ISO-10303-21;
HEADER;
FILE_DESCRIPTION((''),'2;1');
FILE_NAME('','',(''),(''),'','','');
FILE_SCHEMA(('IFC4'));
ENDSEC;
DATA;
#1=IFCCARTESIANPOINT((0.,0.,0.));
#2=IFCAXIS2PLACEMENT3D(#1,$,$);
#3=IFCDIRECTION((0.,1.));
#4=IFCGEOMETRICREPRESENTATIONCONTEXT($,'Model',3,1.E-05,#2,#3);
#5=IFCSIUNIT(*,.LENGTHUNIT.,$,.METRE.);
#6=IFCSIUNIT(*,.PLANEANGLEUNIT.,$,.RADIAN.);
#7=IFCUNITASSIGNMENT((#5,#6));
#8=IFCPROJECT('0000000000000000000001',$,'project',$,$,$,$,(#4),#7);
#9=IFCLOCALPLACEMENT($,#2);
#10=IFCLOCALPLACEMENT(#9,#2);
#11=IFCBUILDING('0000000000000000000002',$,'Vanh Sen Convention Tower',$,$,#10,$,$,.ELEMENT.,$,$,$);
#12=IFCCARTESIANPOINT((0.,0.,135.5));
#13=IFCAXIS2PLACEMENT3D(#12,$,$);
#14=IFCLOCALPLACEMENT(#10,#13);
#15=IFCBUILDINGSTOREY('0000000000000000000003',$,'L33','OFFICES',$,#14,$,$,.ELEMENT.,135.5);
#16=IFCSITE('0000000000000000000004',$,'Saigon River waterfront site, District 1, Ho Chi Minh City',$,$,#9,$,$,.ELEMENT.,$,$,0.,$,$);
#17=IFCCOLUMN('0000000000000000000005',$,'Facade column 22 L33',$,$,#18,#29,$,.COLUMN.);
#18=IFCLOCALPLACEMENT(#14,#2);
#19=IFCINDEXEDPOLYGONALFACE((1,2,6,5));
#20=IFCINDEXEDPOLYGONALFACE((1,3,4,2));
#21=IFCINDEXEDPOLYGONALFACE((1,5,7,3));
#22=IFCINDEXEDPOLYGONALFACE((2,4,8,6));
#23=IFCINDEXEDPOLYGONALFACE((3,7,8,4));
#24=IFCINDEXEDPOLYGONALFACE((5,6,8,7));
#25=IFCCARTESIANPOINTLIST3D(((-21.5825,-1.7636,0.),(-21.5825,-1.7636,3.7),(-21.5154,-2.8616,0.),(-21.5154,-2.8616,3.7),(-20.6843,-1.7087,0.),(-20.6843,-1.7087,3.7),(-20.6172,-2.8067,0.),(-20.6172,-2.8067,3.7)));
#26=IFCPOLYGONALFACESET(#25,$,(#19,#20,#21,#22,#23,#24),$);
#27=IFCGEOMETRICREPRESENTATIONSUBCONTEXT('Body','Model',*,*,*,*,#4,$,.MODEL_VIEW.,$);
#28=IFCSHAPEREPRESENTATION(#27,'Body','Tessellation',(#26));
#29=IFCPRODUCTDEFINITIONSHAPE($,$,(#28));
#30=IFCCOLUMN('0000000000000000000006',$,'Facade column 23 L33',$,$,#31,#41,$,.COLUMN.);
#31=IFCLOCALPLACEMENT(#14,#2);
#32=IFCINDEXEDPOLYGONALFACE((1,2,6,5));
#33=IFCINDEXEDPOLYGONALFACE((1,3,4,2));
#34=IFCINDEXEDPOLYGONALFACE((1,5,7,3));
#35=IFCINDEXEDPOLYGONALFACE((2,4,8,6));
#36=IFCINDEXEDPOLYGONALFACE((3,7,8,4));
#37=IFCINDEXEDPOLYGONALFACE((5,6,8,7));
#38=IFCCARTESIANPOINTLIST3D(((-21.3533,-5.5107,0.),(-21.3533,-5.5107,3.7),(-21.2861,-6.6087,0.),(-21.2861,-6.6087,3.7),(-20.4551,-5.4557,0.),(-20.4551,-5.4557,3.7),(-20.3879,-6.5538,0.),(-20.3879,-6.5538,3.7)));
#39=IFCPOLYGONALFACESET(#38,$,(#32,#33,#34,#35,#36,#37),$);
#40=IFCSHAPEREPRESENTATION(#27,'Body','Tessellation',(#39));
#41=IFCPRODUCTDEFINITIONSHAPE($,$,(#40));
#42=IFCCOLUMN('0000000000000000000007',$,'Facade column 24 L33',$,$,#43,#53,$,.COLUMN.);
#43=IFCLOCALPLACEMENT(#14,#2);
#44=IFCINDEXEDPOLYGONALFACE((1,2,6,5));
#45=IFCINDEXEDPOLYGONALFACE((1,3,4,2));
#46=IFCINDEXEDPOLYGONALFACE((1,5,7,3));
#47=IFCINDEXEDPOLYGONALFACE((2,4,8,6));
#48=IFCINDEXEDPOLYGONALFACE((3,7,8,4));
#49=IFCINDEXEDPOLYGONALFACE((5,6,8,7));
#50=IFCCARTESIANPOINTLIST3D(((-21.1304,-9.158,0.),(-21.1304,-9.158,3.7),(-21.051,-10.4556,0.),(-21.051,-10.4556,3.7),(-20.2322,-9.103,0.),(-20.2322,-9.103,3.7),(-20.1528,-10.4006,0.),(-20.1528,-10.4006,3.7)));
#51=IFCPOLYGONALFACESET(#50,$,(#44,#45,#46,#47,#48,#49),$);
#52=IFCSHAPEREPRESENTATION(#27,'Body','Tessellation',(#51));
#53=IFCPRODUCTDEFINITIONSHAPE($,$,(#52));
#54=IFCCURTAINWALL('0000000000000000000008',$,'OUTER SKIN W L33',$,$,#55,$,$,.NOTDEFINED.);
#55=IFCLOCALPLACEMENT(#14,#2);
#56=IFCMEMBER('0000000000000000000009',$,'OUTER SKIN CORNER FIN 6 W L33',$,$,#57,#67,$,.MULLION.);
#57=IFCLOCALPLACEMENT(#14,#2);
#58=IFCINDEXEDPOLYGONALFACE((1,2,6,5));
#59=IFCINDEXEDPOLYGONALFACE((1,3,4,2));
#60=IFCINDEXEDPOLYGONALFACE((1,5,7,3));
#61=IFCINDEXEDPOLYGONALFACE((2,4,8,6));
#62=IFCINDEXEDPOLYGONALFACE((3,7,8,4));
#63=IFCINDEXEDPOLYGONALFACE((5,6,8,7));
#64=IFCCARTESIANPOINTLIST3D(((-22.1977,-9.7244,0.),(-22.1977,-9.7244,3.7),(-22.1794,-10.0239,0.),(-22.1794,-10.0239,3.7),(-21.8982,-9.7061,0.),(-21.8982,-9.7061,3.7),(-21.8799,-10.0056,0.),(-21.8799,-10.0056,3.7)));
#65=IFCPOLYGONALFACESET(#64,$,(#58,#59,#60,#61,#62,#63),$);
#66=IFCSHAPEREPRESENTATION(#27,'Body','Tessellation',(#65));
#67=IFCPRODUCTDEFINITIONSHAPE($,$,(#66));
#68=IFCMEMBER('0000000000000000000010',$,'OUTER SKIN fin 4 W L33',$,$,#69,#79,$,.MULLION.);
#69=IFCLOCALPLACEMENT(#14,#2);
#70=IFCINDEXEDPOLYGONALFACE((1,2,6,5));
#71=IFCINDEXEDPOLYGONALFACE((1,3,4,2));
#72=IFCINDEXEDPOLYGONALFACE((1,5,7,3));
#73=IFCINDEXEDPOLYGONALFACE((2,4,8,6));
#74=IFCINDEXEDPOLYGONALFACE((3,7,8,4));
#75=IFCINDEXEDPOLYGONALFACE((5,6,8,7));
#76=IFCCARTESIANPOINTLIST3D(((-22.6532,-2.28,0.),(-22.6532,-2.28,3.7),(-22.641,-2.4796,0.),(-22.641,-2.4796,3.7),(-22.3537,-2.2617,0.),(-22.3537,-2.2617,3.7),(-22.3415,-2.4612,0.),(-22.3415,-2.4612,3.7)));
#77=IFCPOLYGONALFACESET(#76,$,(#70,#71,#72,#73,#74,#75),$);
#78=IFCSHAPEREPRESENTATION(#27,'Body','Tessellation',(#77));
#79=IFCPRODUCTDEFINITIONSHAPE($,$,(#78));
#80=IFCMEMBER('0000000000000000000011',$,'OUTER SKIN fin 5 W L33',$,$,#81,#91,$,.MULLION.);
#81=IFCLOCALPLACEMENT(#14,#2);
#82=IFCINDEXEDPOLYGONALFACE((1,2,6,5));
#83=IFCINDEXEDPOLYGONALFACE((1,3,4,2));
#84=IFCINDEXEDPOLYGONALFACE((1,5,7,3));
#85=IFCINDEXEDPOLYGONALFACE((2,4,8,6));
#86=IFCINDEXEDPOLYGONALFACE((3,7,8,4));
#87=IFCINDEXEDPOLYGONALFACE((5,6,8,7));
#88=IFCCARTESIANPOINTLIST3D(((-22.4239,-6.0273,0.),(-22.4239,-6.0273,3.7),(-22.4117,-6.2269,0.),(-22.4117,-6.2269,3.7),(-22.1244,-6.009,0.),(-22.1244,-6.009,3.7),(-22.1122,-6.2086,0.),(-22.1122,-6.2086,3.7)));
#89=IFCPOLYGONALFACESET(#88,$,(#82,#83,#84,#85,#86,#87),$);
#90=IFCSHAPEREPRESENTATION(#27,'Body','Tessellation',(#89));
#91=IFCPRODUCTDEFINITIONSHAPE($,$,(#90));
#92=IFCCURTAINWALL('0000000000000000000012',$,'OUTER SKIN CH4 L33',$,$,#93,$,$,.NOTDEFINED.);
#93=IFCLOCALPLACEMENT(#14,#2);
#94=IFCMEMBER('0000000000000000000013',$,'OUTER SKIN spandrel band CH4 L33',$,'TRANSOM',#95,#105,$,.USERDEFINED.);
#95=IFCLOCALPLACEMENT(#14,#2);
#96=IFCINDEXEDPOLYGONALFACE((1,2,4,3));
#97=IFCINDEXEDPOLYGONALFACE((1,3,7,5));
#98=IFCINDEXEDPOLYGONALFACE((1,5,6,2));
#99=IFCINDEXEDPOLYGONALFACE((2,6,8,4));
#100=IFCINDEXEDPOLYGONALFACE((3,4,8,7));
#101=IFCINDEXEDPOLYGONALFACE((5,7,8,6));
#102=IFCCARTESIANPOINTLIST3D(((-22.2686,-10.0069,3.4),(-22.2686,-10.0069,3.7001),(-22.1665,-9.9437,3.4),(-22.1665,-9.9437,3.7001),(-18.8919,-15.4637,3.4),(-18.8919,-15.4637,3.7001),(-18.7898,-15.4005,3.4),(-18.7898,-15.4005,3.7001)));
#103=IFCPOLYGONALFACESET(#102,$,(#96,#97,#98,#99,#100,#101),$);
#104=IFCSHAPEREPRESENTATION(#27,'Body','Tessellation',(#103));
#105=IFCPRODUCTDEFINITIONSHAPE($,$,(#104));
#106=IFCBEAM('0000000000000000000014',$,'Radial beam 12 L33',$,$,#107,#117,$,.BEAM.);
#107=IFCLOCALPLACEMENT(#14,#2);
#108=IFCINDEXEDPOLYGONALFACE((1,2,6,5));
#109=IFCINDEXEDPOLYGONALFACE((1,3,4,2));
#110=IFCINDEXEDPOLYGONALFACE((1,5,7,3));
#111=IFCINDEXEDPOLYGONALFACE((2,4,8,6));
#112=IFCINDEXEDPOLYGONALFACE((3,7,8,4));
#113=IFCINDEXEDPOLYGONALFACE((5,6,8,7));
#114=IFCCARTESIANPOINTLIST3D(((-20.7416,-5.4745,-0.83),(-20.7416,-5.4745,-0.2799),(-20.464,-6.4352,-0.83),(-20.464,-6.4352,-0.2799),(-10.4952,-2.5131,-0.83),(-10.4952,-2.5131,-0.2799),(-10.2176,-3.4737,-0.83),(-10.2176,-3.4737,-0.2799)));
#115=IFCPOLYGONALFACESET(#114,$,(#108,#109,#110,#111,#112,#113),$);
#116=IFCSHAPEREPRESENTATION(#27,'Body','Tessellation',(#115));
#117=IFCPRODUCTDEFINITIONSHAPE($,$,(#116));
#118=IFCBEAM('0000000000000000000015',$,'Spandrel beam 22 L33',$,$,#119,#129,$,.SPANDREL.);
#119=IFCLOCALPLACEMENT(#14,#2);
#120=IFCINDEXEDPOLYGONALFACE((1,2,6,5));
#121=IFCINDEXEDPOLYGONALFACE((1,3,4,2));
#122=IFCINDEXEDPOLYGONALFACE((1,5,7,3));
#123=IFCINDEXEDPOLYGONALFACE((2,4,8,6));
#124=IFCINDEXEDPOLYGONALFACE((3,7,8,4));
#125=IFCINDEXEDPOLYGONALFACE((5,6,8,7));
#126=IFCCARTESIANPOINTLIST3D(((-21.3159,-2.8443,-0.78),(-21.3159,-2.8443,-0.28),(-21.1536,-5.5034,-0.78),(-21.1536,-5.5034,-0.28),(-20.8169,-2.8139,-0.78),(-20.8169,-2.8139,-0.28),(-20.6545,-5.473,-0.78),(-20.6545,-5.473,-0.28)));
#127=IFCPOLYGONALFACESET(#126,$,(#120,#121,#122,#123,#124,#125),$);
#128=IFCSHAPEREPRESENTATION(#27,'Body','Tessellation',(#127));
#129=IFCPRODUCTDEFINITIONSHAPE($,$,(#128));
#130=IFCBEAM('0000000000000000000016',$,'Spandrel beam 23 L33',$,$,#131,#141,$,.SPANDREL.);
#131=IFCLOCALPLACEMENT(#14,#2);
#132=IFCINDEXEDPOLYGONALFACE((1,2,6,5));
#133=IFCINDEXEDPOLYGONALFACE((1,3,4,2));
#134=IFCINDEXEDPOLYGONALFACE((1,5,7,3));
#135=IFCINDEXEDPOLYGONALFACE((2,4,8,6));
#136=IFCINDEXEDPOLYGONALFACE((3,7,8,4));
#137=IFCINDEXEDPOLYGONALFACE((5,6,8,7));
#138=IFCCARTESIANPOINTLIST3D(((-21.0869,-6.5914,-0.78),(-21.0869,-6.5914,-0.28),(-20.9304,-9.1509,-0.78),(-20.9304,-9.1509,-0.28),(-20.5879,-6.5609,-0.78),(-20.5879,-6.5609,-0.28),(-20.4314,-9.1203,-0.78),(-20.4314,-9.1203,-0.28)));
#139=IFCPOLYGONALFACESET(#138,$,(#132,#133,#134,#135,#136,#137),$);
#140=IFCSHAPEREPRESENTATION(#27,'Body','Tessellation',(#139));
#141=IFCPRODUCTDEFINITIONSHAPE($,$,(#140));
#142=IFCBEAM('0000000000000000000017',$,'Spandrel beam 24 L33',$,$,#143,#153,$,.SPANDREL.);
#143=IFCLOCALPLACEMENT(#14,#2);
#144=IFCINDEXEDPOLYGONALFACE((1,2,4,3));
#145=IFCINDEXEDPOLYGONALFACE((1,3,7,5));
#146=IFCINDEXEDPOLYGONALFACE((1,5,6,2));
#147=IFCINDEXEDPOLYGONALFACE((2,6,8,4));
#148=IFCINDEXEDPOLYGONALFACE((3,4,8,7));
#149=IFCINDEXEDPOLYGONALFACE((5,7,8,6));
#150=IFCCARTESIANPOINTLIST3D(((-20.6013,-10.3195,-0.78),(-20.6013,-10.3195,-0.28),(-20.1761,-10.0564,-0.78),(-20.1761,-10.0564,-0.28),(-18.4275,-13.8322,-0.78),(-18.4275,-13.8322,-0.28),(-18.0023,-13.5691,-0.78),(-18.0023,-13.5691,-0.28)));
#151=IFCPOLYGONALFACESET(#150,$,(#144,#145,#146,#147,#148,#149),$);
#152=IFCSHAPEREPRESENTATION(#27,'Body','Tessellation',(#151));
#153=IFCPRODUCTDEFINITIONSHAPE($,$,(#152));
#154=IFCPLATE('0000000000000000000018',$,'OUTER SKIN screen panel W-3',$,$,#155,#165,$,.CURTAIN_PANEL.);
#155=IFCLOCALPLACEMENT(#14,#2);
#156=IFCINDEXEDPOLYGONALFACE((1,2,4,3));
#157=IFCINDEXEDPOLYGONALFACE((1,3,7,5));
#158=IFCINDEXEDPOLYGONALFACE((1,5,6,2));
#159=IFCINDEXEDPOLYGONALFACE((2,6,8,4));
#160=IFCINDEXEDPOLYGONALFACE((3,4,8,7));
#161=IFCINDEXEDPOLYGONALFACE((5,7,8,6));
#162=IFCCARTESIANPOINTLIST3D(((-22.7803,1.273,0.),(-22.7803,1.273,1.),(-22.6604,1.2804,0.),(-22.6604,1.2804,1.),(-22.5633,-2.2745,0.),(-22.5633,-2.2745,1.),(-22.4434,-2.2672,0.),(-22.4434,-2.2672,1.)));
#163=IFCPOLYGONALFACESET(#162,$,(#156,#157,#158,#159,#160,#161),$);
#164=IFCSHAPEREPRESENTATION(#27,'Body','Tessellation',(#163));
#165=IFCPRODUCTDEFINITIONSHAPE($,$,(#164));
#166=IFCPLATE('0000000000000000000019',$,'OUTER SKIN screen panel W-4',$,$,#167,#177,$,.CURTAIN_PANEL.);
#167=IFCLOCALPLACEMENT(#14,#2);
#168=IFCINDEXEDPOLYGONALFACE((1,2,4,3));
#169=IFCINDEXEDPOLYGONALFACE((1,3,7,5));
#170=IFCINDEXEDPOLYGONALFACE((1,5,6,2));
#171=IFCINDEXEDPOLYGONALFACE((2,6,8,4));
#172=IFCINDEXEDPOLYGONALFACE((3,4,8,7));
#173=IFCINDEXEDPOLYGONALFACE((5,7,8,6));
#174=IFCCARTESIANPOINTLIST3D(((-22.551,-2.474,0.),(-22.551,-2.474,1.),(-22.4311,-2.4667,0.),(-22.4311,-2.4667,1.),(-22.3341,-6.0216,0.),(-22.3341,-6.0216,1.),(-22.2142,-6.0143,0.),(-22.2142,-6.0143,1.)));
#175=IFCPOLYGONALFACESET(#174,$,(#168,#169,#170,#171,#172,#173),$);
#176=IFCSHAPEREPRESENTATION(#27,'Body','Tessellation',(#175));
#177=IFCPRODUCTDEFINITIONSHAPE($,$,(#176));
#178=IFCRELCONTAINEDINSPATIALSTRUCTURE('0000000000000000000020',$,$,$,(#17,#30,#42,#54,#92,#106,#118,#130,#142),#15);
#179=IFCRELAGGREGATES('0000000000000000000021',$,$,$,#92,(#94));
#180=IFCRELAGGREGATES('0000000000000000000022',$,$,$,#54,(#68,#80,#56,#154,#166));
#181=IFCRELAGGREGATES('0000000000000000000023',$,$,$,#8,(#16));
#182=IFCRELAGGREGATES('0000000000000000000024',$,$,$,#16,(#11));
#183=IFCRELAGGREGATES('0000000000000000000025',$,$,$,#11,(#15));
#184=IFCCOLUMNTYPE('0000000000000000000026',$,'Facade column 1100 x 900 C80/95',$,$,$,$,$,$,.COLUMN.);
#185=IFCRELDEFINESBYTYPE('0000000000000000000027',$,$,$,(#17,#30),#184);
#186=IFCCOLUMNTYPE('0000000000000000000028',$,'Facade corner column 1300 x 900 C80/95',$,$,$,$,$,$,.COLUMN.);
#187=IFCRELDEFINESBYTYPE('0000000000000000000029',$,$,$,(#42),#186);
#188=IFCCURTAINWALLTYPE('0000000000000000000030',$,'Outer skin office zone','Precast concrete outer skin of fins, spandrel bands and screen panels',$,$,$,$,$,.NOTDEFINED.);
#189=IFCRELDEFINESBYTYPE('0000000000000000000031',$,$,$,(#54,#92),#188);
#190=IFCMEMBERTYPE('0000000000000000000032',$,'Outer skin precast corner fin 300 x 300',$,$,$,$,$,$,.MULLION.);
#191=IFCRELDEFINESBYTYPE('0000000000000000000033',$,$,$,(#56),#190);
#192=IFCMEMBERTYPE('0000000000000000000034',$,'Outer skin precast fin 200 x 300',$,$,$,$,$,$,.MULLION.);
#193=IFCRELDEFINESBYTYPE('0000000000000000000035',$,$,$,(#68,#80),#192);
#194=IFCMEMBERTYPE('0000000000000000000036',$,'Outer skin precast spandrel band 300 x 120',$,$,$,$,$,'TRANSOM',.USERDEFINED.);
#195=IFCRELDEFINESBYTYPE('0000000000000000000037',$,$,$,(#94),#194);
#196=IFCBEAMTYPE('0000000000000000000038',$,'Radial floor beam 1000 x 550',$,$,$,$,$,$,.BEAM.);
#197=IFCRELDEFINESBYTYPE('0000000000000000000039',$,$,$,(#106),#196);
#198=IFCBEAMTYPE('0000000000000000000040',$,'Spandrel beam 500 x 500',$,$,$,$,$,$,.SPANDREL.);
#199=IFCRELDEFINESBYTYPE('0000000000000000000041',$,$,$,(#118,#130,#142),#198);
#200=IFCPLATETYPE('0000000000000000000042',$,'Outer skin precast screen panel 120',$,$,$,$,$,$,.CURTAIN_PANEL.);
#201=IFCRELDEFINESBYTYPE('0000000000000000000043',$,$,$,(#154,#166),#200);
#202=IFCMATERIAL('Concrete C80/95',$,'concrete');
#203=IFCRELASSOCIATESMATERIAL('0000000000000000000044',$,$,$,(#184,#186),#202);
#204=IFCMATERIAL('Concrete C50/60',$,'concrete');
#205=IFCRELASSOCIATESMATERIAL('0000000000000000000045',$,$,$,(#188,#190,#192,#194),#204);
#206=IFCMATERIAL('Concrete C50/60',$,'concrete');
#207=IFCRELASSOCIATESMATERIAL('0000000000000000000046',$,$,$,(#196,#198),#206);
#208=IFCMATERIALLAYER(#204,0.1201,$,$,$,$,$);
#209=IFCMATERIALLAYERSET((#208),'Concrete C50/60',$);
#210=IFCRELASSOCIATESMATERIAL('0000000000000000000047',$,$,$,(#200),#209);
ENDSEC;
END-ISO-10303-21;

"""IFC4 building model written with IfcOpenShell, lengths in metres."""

from ifc_helpers import new_model, si_unit, direction, frame, origin, origin_2d, place, context, subcontext, project, spatial, rectangle, extrude, material, layer, layer_set, material_profile, profile_set, type_object, element, aggregate, save


model = new_model("IFC4")

# Units and contexts
model_context = context("Model", 3, precision=1e-05, world=origin(), true_north=direction((0.0, 1.0)))
body_context = subcontext(model_context, "Body", "Model", "MODEL_VIEW")
ifc_project = project(units=[si_unit("LENGTHUNIT", "METRE"), si_unit("PLANEANGLEUNIT", "RADIAN")], contexts=[model_context])

# Site, building, storey
site_placement = place(None, origin())
site = spatial("IfcSite", under=ifc_project, at=site_placement, Name="Saigon River waterfront site, District 1, Ho Chi Minh City", CompositionType="ELEMENT", RefElevation=0.0)
building_placement = place(site_placement, origin())
building = spatial("IfcBuilding", under=site, at=building_placement, Name="Vanh Sen Convention Tower", CompositionType="ELEMENT")
storey_placement = place(building_placement, frame((0.0, 0.0, 135.5)))
storey = spatial("IfcBuildingStorey", under=building, at=storey_placement, Name="L33", Description="OFFICES", CompositionType="ELEMENT", Elevation=135.5)

# Columns
ifc_material_1 = material(Name="Concrete C80/95", Category="concrete")
ifc_material_profile_1 = material_profile(ifc_material_1, rectangle(XDim=1.1001, YDim=0.8999, at=origin_2d()), Name="RC 1100X900")
ifc_profile_set_1 = profile_set([ifc_material_profile_1], Name="Concrete C80/95")
column_type_1 = type_object("IfcColumnType", Name="Facade column 1100 x 900 C80/95", PredefinedType="COLUMN", material=ifc_profile_set_1)
for number, where, z_axis, x_axis, name in (
    (1, (-21.0999, -2.2852, 0.0), (0.0, 0.0, 1.0), (0.061049, -0.998135, 0.0), "Facade column 22 L33"),
    (2, (-20.8706, -6.0322, 0.0), (0.0, 0.0, 1.0), (0.061049, -0.998135, 0.0), "Facade column 23 L33"),
):
    element("IfcColumn", number, at=place(storey_placement, frame(where, z_axis=z_axis, x_axis=x_axis)), inside=storey, type_object=column_type_1, Name=name, PredefinedType="COLUMN", context=body_context, shape_type="SweptSolid", body=[
        extrude(rectangle(XDim=1.1001, YDim=0.8999, at=origin_2d()), origin(), (0.0, 0.0, 1.0), 3.7),
    ])
ifc_material_profile_2 = material_profile(ifc_material_1, rectangle(XDim=1.3, YDim=0.8999, at=origin_2d()), Name="RC 1300X900")
ifc_profile_set_2 = profile_set([ifc_material_profile_2], Name="Concrete C80/95")
column_type_2 = type_object("IfcColumnType", Name="Facade corner column 1300 x 900 C80/95", PredefinedType="COLUMN", material=ifc_profile_set_2)
column_placement = place(storey_placement, frame((-20.6416, -9.7793, 0.0), z_axis=(0.0, 0.0, 1.0), x_axis=(0.061049, -0.998135, 0.0)))
element("IfcColumn", 3, at=column_placement, inside=storey, type_object=column_type_2, Name="Facade column 24 L33", PredefinedType="COLUMN", context=body_context, shape_type="SweptSolid", body=[
    extrude(rectangle(XDim=1.3, YDim=0.8999, at=origin_2d()), origin(), (0.0, 0.0, 1.0), 3.7),
])

# Curtain wall, members
ifc_material_2 = material(Name="Concrete C50/60", Category="concrete")
curtain_wall_type = type_object("IfcCurtainWallType", Name="Outer skin office zone", Description="Precast concrete outer skin of fins, spandrel bands and screen panels", PredefinedType="NOTDEFINED", material=ifc_material_2)
curtain_wall_1_placement = place(storey_placement, origin())
curtain_wall_1 = element("IfcCurtainWall", 4, at=curtain_wall_1_placement, inside=storey, type_object=curtain_wall_type, Name="OUTER SKIN W L33", PredefinedType="NOTDEFINED")
ifc_material_profile_3 = material_profile(ifc_material_2, rectangle(XDim=0.3, YDim=0.3, at=origin_2d()), Name="Outer skin precast corner fin 300 x 300")
ifc_profile_set_3 = profile_set([ifc_material_profile_3], Name="Concrete C50/60")
member_type_1 = type_object("IfcMemberType", Name="Outer skin precast corner fin 300 x 300", PredefinedType="MULLION", material=ifc_profile_set_3)
member_1_placement = place(storey_placement, frame((-22.0388, -9.865, 0.0), z_axis=(0.0, 0.0, 1.0), x_axis=(0.061049, -0.998135, 0.0)))
member_1 = element("IfcMember", 5, at=member_1_placement, type_object=member_type_1, Name="OUTER SKIN CORNER FIN 6 W L33", PredefinedType="MULLION", context=body_context, shape_type="SweptSolid", body=[
    extrude(rectangle(XDim=0.3, YDim=0.3, at=origin_2d()), origin(), (0.0, 0.0, 1.0), 3.7),
])
ifc_material_profile_4 = material_profile(ifc_material_2, rectangle(XDim=0.2, YDim=0.3, at=origin_2d()), Name="Outer skin precast fin 200 x 300")
ifc_profile_set_4 = profile_set([ifc_material_profile_4], Name="Concrete C50/60")
member_type_2 = type_object("IfcMemberType", Name="Outer skin precast fin 200 x 300", PredefinedType="MULLION", material=ifc_profile_set_4)
member_2_placement = place(storey_placement, frame((-22.4973, -2.3706, 0.0), z_axis=(0.0, 0.0, 1.0), x_axis=(0.061049, -0.998135, 0.0)))
member_2 = element("IfcMember", 6, at=member_2_placement, type_object=member_type_2, Name="OUTER SKIN fin 4 W L33", PredefinedType="MULLION", context=body_context, shape_type="SweptSolid", body=[
    extrude(rectangle(XDim=0.2, YDim=0.3, at=origin_2d()), origin(), (0.0, 0.0, 1.0), 3.7),
])
member_3_placement = place(storey_placement, frame((-22.2681, -6.1179, 0.0), z_axis=(0.0, 0.0, 1.0), x_axis=(0.061049, -0.998135, 0.0)))
member_3 = element("IfcMember", 7, at=member_3_placement, type_object=member_type_2, Name="OUTER SKIN fin 5 W L33", PredefinedType="MULLION", context=body_context, shape_type="SweptSolid", body=[
    extrude(rectangle(XDim=0.2, YDim=0.3, at=origin_2d()), origin(), (0.0, 0.0, 1.0), 3.7),
])

# Curtain wall, member
curtain_wall_2_placement = place(storey_placement, origin())
curtain_wall_2 = element("IfcCurtainWall", 8, at=curtain_wall_2_placement, inside=storey, type_object=curtain_wall_type, Name="OUTER SKIN CH4 L33", PredefinedType="NOTDEFINED")
ifc_material_profile_5 = material_profile(ifc_material_2, rectangle(XDim=0.1201, YDim=0.3, at=origin_2d()), Name="Outer skin precast spandrel band 300 x 120")
ifc_profile_set_5 = profile_set([ifc_material_profile_5], Name="Concrete C50/60")
member_type_3 = type_object("IfcMemberType", Name="Outer skin precast spandrel band 300 x 120", ElementType="TRANSOM", PredefinedType="USERDEFINED", material=ifc_profile_set_5)
member_4_placement = place(storey_placement, frame((-22.2175, -9.9753, 3.55), z_axis=(0.526208, -0.850356, 0.0), x_axis=(0.850356, 0.526208, 0.0)))
member_4 = element("IfcMember", 9, at=member_4_placement, type_object=member_type_3, Name="OUTER SKIN spandrel band CH4 L33", ObjectType="TRANSOM", PredefinedType="USERDEFINED", context=body_context, shape_type="SweptSolid", body=[
    extrude(rectangle(XDim=0.1201, YDim=0.3, at=origin_2d()), origin(), (0.0, 0.0, 1.0), 6.417),
])
aggregate(curtain_wall_2, [member_4])

# Beams
ifc_material_3 = material(Name="Concrete C50/60", Category="concrete")
ifc_material_profile_6 = material_profile(ifc_material_3, rectangle(XDim=1.0, YDim=0.55, at=origin_2d()), Name="RC 1000X550")
ifc_profile_set_6 = profile_set([ifc_material_profile_6], Name="Concrete C50/60")
beam_type_1 = type_object("IfcBeamType", Name="Radial floor beam 1000 x 550", PredefinedType="BEAM", material=ifc_profile_set_6)
beam_1_placement = place(storey_placement, frame((-20.6028, -5.9548, -0.5549), z_axis=(0.96068, 0.277658, 0.0), x_axis=(-0.277658, 0.96068, 0.0)))
element("IfcBeam", 10, at=beam_1_placement, inside=storey, type_object=beam_type_1, Name="Radial beam 12 L33", PredefinedType="BEAM", context=body_context, shape_type="SweptSolid", body=[
    extrude(rectangle(XDim=1.0, YDim=0.55, at=origin_2d()), origin(), (0.0, 0.0, 1.0), 10.6658),
])
ifc_material_profile_7 = material_profile(ifc_material_3, rectangle(XDim=0.5, YDim=0.5, at=origin_2d()), Name="RC 500X500")
ifc_profile_set_7 = profile_set([ifc_material_profile_7], Name="Concrete C50/60")
beam_type_2 = type_object("IfcBeamType", Name="Spandrel beam 500 x 500", PredefinedType="SPANDREL", material=ifc_profile_set_7)
beam_2_placement = place(storey_placement, frame((-21.0664, -2.8291, -0.53), z_axis=(0.060941, -0.998141, 0.0), x_axis=(0.998141, 0.060941, 0.0)))
element("IfcBeam", 11, at=beam_2_placement, inside=storey, type_object=beam_type_2, Name="Spandrel beam 22 L33", PredefinedType="SPANDREL", context=body_context, shape_type="SweptSolid", body=[
    extrude(rectangle(XDim=0.5, YDim=0.5, at=origin_2d()), origin(), (0.0, 0.0, 1.0), 2.6641),
])
beam_3_placement = place(storey_placement, frame((-20.8374, -6.5762, -0.53), z_axis=(0.061033, -0.998136, 0.0), x_axis=(0.998136, 0.061033, 0.0)))
element("IfcBeam", 12, at=beam_3_placement, inside=storey, type_object=beam_type_2, Name="Spandrel beam 23 L33", PredefinedType="SPANDREL", context=body_context, shape_type="SweptSolid", body=[
    extrude(rectangle(XDim=0.5, YDim=0.5, at=origin_2d()), origin(), (0.0, 0.0, 1.0), 2.5642),
])
beam_4_placement = place(storey_placement, frame((-20.3887, -10.188, -0.53), z_axis=(0.526233, -0.850341, 0.0), x_axis=(0.850341, 0.526233, 0.0)))
element("IfcBeam", 13, at=beam_4_placement, inside=storey, type_object=beam_type_2, Name="Spandrel beam 24 L33", PredefinedType="SPANDREL", context=body_context, shape_type="SweptSolid", body=[
    extrude(rectangle(XDim=0.5, YDim=0.5, at=origin_2d()), origin(), (0.0, 0.0, 1.0), 4.1309),
])

# Plates
ifc_layer_1 = layer(ifc_material_2, 0.1201)
ifc_layer_set_1 = layer_set([ifc_layer_1], Name="Concrete C50/60")
plate_type = type_object("IfcPlateType", Name="Outer skin precast screen panel 120", PredefinedType="CURTAIN_PANEL", material=ifc_layer_set_1)
plate_1_placement = place(storey_placement, frame((-22.6118, -0.4971, 0.0), z_axis=(0.0, 0.0, 1.0), x_axis=(0.061054, -0.998134, 0.0)))
plate_1 = element("IfcPlate", 14, at=plate_1_placement, type_object=plate_type, Name="OUTER SKIN screen panel W-3", PredefinedType="CURTAIN_PANEL", context=body_context, shape_type="SweptSolid", body=[
    extrude(rectangle(XDim=3.5542, YDim=0.1201, at=origin_2d()), origin(), (0.0, 0.0, 1.0), 1.0),
])
plate_2_placement = place(storey_placement, frame((-22.3826, -4.2441, 0.0), z_axis=(0.0, 0.0, 1.0), x_axis=(0.061026, -0.998136, 0.0)))
plate_2 = element("IfcPlate", 15, at=plate_2_placement, type_object=plate_type, Name="OUTER SKIN screen panel W-4", PredefinedType="CURTAIN_PANEL", context=body_context, shape_type="SweptSolid", body=[
    extrude(rectangle(XDim=3.5542, YDim=0.1201, at=origin_2d()), origin(), (0.0, 0.0, 1.0), 1.0),
])
aggregate(curtain_wall_1, [member_2, member_3, member_1, plate_1, plate_2])

save(model, "model.ifc")
